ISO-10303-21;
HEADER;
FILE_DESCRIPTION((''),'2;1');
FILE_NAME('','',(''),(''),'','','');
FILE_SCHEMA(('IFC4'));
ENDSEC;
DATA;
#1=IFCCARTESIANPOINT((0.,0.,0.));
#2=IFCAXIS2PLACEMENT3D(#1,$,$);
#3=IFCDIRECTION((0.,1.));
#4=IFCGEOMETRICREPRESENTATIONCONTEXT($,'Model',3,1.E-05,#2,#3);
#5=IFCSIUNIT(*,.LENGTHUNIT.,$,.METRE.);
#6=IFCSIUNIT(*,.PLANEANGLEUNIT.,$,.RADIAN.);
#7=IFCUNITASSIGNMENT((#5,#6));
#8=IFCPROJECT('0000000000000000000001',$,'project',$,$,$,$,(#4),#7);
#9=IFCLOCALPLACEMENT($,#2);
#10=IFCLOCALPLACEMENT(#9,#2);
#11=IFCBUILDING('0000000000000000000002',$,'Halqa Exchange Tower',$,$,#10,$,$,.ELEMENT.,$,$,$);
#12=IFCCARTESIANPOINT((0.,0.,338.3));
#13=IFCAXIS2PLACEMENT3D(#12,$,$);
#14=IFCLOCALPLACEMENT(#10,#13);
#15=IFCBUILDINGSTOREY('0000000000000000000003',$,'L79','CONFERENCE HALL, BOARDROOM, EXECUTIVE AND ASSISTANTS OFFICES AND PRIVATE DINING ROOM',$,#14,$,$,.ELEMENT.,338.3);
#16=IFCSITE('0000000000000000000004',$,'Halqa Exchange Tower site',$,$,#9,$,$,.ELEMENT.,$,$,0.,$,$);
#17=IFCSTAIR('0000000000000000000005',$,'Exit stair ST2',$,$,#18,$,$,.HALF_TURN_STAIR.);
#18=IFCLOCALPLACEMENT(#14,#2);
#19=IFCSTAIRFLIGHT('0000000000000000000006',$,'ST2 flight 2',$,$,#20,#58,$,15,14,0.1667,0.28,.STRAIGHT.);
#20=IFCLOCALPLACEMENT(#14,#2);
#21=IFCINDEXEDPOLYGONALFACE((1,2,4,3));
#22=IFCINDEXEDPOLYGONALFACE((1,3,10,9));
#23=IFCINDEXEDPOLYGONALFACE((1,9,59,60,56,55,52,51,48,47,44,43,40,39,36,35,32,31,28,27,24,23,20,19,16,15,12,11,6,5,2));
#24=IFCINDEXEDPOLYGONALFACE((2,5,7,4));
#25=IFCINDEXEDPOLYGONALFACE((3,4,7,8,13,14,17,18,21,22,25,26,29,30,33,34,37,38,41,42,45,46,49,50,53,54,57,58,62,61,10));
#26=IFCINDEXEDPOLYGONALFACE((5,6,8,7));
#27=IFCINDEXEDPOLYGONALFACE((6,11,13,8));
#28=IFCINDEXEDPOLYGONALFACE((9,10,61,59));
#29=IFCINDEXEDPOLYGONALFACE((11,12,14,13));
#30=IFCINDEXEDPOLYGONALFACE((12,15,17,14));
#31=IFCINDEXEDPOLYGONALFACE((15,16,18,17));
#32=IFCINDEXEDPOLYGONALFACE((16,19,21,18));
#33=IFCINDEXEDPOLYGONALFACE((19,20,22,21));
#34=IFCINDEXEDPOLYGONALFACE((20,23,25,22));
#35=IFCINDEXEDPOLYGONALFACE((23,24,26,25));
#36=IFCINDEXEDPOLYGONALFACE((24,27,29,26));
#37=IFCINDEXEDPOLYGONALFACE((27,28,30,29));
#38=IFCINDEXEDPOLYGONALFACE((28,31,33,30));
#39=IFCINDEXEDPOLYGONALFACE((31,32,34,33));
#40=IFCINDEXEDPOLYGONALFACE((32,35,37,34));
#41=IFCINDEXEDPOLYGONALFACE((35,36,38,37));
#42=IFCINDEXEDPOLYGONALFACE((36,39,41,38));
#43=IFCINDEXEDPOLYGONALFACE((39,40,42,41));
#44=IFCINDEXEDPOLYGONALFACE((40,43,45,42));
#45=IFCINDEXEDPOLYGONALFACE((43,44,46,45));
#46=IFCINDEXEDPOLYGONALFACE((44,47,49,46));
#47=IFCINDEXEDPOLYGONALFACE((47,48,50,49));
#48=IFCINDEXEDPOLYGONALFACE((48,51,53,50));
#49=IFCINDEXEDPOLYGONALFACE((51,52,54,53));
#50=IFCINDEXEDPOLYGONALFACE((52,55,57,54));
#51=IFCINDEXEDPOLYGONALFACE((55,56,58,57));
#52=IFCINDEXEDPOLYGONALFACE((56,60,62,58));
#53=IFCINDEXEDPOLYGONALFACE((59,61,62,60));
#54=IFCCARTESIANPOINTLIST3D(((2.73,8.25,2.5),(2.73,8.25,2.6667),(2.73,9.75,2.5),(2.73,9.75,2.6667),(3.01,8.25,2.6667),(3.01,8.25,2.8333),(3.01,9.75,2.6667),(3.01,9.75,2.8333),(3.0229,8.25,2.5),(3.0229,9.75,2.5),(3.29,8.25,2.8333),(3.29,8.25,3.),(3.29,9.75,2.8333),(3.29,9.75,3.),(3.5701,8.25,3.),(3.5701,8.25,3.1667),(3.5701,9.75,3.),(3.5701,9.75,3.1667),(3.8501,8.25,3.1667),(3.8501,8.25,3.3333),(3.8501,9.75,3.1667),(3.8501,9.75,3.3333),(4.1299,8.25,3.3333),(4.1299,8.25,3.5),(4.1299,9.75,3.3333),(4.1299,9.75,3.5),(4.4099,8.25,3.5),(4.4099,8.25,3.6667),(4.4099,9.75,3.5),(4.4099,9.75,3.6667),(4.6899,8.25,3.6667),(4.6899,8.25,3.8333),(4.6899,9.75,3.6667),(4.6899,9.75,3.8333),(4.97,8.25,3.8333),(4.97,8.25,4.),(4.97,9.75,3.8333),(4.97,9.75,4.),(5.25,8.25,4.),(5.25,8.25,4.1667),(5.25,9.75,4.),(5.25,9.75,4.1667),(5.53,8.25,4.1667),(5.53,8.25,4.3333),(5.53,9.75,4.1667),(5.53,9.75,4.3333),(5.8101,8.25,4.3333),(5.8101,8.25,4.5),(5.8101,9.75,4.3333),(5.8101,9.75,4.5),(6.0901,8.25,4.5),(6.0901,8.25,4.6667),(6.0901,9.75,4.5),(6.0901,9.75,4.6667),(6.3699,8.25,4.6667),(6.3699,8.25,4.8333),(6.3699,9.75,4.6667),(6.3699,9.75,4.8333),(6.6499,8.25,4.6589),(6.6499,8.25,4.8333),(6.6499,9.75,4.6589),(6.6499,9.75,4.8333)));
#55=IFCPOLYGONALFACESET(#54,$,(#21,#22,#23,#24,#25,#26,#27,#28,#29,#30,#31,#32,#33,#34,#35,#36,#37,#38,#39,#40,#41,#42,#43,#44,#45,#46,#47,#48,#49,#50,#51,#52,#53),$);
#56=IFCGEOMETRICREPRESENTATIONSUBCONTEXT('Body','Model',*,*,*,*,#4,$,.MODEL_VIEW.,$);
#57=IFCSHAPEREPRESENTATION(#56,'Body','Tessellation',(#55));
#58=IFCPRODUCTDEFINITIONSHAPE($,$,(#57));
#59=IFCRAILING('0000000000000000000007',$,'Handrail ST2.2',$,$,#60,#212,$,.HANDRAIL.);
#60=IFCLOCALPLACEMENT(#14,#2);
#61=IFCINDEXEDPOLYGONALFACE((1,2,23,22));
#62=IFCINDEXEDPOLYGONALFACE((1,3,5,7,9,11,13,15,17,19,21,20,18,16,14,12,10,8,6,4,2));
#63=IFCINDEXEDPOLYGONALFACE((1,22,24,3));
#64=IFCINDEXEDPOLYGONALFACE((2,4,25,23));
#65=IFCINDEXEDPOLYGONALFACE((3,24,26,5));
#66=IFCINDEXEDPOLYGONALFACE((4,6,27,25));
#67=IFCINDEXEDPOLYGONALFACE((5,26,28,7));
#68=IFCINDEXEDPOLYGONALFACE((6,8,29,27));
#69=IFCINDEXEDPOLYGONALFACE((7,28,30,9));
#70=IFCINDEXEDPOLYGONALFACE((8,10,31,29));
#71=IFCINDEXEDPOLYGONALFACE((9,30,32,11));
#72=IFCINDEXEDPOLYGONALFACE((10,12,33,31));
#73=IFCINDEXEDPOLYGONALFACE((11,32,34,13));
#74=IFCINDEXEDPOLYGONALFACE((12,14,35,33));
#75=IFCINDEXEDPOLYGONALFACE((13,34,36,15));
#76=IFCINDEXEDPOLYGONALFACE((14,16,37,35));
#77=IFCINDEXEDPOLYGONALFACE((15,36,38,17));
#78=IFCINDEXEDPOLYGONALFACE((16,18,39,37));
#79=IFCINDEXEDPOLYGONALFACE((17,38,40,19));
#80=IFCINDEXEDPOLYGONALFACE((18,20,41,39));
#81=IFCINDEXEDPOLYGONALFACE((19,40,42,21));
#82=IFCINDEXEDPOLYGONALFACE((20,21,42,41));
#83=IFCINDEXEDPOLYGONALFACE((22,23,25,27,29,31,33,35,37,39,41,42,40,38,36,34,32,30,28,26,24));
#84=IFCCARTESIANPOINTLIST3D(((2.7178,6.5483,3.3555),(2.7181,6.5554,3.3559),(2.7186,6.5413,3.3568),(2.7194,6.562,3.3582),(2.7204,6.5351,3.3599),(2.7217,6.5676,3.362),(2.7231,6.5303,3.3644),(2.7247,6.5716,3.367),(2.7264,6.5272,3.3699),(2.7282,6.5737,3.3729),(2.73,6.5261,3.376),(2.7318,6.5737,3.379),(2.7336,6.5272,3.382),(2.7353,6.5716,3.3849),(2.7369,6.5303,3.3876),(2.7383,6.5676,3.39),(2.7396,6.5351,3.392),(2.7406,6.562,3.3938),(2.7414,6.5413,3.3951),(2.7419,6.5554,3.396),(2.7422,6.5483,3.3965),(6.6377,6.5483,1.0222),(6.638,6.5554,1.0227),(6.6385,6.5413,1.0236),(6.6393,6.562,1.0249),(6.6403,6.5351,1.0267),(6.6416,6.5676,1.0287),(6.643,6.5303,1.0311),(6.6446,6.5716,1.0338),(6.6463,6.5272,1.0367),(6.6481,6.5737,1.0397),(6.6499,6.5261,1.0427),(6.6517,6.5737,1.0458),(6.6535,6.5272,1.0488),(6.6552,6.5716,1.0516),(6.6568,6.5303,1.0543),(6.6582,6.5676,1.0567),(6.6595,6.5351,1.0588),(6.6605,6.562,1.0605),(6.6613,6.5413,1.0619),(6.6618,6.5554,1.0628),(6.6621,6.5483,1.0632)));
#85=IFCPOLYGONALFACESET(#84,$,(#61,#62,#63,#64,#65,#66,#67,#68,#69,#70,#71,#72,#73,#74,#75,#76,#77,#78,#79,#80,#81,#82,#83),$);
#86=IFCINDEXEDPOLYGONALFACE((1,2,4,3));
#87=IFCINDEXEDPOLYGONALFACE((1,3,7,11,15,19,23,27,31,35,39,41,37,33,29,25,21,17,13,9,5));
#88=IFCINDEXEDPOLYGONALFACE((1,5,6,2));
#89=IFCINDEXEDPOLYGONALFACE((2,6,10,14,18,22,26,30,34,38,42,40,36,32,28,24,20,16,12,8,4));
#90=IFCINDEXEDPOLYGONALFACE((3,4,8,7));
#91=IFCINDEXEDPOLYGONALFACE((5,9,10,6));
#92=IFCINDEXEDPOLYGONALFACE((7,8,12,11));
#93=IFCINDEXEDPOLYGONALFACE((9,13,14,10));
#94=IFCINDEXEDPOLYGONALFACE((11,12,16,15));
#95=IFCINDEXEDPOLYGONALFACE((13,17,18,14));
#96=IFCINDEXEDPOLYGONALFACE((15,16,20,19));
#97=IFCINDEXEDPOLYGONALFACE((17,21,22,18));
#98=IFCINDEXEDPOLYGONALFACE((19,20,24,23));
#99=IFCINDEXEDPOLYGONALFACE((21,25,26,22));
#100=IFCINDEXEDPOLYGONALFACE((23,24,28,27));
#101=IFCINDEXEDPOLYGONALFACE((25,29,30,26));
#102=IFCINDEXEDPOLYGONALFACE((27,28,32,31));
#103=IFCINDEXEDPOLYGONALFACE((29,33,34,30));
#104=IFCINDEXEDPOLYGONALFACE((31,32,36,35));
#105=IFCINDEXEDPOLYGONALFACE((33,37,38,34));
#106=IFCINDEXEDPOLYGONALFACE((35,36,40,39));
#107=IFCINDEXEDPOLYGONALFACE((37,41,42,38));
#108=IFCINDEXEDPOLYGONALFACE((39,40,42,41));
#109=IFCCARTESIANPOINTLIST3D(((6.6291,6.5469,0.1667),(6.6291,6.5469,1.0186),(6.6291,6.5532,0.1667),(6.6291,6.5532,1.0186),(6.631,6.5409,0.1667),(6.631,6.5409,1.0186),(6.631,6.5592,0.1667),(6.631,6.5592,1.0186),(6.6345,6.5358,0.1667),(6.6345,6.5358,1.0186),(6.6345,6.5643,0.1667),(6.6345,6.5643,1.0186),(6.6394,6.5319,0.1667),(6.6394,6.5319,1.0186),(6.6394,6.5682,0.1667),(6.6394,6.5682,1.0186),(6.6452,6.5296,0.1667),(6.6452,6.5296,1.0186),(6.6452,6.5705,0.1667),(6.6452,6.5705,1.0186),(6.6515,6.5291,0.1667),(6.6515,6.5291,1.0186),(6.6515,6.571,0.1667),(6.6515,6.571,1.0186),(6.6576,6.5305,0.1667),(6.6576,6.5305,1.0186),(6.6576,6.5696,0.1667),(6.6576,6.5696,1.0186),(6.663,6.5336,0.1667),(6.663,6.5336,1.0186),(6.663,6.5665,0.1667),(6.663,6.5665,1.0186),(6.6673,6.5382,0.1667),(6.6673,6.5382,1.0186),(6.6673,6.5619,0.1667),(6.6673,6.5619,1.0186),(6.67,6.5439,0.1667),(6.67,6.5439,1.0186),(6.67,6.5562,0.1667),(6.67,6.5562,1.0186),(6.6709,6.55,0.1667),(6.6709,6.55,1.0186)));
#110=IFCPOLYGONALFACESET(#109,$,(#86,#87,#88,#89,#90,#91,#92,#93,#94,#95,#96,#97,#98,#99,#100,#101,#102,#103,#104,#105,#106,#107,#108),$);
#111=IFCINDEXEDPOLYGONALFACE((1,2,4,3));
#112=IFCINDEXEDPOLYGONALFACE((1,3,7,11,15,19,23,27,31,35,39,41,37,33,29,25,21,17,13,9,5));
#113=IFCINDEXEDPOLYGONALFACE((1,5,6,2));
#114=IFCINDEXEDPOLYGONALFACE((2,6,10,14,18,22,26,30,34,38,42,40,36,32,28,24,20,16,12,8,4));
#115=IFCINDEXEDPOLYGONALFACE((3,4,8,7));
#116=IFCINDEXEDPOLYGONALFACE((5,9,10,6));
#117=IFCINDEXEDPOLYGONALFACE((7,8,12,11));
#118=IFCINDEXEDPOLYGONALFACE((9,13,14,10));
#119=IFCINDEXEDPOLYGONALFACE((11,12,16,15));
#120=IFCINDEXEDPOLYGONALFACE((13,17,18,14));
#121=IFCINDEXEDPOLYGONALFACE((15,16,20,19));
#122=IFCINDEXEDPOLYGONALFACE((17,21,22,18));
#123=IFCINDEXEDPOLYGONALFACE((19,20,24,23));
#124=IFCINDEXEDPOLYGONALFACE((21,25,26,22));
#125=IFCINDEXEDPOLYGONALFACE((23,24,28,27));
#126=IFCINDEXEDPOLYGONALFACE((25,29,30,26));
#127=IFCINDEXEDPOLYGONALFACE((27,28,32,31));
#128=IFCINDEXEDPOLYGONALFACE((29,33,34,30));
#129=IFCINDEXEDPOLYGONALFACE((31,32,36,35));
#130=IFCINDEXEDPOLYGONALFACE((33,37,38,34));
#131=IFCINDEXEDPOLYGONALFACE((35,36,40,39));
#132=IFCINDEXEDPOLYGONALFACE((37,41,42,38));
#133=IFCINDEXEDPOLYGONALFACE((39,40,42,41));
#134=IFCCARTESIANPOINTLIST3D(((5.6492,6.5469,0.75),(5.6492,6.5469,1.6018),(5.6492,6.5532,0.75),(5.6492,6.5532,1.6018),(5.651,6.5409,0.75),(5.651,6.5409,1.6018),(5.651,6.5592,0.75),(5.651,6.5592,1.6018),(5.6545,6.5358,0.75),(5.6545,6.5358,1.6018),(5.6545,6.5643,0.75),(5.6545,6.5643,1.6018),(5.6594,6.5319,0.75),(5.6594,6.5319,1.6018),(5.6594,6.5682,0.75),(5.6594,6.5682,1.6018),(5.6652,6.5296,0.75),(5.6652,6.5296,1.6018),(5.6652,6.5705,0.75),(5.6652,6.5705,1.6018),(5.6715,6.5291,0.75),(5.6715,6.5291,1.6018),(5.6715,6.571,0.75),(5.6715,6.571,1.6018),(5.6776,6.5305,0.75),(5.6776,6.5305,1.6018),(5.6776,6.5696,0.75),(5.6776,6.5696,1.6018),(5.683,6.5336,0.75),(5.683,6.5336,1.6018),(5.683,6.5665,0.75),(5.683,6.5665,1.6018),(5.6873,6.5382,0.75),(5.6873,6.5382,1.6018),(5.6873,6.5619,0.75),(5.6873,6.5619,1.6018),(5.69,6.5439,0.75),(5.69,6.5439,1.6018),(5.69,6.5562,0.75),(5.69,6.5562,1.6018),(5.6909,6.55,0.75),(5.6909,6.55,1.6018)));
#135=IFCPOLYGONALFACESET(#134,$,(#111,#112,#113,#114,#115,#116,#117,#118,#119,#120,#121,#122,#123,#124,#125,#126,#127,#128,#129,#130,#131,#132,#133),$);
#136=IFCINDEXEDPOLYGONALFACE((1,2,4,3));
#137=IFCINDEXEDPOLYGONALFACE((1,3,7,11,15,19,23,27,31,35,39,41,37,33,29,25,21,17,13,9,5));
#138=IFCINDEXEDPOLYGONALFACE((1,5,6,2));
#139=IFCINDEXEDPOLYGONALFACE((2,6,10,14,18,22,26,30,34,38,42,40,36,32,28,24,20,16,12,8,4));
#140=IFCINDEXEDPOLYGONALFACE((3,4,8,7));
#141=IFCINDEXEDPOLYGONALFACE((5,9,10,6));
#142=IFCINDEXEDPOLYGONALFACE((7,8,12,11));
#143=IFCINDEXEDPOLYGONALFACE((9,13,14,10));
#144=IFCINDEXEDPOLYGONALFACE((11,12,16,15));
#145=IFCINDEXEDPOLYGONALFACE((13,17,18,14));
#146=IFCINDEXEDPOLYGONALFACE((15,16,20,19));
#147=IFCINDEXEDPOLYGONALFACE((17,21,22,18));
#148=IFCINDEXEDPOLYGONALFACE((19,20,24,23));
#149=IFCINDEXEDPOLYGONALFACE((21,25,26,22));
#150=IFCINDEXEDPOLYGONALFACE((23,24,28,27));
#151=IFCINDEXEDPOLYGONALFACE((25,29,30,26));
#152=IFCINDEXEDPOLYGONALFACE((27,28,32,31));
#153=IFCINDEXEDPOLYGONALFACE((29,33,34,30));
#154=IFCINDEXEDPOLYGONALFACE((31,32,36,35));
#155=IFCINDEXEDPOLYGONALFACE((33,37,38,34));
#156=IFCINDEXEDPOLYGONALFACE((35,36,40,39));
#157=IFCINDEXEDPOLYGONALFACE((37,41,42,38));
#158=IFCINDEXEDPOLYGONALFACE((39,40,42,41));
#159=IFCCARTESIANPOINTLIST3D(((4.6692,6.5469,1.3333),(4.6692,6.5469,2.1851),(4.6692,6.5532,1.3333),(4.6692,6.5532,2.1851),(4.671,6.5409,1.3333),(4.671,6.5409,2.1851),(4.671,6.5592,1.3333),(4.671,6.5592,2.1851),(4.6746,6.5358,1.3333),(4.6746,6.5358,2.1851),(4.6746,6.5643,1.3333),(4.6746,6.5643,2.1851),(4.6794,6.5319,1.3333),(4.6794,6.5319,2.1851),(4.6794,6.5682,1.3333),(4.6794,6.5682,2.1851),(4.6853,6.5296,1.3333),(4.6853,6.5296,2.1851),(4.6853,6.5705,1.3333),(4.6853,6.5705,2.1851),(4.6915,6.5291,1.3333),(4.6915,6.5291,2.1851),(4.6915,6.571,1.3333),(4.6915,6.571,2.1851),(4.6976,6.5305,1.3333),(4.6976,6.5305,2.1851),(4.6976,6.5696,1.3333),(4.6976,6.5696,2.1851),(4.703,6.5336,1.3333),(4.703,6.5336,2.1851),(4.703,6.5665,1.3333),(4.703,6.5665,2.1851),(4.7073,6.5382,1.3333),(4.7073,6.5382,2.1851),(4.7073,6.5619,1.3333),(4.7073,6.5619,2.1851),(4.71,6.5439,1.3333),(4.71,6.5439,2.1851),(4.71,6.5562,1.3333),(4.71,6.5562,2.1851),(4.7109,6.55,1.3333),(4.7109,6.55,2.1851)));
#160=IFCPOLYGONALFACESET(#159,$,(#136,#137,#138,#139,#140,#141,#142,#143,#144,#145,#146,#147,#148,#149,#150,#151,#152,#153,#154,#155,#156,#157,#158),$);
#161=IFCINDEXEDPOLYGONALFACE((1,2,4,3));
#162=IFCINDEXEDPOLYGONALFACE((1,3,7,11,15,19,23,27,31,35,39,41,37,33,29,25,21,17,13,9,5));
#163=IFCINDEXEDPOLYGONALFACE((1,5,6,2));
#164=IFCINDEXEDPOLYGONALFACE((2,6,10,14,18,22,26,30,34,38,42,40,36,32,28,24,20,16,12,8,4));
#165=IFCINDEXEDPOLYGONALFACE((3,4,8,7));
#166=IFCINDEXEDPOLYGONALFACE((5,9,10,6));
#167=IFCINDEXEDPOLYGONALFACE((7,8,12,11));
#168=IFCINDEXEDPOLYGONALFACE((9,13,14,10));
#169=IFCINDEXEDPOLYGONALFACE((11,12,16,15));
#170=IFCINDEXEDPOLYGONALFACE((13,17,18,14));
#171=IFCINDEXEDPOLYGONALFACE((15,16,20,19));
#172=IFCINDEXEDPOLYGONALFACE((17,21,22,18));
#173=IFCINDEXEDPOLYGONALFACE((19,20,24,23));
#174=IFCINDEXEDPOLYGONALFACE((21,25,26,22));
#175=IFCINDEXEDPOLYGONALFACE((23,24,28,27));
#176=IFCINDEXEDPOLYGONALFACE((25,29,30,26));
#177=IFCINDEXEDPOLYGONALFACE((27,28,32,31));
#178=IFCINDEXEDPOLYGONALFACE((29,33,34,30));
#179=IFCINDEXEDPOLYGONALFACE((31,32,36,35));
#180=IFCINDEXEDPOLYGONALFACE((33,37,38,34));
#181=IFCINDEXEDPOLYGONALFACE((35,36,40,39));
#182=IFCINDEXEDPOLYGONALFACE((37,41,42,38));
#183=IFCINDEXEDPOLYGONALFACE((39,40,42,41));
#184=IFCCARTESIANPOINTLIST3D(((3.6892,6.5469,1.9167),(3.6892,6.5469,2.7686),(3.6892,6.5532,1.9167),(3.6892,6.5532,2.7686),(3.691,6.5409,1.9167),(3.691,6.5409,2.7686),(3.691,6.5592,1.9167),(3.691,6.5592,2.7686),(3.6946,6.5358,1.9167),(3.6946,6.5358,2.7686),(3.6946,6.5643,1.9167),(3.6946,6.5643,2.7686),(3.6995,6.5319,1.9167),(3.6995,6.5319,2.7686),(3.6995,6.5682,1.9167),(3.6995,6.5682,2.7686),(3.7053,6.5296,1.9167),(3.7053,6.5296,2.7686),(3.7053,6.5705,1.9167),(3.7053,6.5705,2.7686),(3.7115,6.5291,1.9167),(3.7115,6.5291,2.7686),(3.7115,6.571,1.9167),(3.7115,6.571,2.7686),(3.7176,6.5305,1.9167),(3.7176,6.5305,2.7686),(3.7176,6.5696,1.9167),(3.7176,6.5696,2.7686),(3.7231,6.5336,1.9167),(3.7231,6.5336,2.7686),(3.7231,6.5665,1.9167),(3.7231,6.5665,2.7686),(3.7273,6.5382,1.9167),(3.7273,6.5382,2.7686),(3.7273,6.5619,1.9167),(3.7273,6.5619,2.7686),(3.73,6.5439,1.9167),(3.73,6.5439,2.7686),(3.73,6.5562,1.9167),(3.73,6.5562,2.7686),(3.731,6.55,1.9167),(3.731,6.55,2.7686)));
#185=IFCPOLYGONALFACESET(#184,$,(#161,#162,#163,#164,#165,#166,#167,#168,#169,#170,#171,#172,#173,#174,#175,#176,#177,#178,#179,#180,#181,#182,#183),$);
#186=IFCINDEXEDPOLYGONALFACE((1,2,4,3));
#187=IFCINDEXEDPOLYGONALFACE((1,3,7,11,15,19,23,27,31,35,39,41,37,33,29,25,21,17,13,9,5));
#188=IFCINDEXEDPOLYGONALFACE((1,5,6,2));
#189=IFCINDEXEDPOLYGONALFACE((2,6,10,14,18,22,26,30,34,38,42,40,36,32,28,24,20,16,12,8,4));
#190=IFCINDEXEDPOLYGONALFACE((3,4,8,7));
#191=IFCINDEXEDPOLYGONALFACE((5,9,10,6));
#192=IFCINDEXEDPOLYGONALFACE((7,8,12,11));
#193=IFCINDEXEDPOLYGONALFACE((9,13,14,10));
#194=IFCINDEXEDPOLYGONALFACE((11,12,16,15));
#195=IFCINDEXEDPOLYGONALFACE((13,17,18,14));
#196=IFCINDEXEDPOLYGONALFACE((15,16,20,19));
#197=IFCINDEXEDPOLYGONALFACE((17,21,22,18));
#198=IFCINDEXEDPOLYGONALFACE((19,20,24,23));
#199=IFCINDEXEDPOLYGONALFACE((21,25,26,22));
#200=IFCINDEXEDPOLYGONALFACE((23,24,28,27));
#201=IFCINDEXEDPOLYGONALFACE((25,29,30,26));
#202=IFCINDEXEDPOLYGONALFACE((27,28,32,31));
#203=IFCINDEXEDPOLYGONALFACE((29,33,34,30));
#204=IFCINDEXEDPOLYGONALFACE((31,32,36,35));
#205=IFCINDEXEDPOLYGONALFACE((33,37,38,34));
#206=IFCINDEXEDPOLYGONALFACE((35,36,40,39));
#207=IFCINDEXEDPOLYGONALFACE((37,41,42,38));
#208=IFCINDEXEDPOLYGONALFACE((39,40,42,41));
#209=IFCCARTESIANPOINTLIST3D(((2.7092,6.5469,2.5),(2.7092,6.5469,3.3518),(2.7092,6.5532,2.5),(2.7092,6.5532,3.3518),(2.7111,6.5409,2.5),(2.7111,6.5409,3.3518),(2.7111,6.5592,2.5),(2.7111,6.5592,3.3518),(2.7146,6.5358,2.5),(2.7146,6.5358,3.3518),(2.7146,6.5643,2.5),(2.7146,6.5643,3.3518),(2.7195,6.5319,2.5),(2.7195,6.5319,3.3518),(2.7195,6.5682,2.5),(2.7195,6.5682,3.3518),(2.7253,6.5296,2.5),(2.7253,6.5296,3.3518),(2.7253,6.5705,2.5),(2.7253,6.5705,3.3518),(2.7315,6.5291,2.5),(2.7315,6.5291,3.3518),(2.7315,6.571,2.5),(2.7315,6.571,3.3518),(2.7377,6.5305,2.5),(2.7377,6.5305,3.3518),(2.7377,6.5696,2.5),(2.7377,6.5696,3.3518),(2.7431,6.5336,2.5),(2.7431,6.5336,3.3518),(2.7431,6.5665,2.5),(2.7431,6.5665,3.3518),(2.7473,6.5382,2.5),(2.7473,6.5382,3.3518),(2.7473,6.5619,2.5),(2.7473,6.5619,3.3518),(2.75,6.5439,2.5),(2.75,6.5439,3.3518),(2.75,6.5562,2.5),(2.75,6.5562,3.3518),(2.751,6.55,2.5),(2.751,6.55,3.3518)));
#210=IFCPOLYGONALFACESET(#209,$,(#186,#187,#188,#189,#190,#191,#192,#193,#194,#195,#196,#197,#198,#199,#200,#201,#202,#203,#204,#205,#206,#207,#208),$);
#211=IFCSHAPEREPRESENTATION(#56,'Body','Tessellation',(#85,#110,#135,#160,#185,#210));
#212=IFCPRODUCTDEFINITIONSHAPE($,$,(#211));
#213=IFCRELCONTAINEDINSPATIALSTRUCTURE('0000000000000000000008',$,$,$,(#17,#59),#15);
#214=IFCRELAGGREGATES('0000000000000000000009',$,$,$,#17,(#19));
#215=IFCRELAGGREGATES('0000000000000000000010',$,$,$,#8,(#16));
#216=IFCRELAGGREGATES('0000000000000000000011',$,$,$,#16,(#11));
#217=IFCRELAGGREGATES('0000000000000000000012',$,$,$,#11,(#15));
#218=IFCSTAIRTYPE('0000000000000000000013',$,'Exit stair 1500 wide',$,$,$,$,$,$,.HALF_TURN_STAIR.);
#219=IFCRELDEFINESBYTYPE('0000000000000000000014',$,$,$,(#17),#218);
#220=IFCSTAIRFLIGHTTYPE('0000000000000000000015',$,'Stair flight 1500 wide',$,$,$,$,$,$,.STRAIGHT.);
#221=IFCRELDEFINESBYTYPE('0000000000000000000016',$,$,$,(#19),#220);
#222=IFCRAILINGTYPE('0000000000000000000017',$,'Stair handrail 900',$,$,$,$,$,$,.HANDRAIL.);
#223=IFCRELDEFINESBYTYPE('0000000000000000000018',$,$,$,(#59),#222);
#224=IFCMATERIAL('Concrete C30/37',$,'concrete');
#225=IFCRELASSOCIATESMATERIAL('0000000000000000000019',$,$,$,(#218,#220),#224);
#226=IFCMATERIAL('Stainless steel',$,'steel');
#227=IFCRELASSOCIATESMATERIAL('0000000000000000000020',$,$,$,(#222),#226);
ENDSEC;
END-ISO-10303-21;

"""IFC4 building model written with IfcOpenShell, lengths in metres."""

from ifc_helpers import new_model, si_unit, direction, frame, origin, origin_2d, place, context, subcontext, project, spatial, polyline, circle, outline, extrude, material, type_object, element, aggregate, save


model = new_model("IFC4")

# Units and contexts
model_context = context("Model", 3, precision=1e-05, world=origin(), true_north=direction((0.0, 1.0)))
body_context = subcontext(model_context, "Body", "Model", "MODEL_VIEW")
ifc_project = project(units=[si_unit("LENGTHUNIT", "METRE"), si_unit("PLANEANGLEUNIT", "RADIAN")], contexts=[model_context])

# Site, building, storey
site_placement = place(None, origin())
site = spatial("IfcSite", under=ifc_project, at=site_placement, Name="Halqa Exchange Tower site", CompositionType="ELEMENT", RefElevation=0.0)
building_placement = place(site_placement, origin())
building = spatial("IfcBuilding", under=site, at=building_placement, Name="Halqa Exchange Tower", CompositionType="ELEMENT")
storey_placement = place(building_placement, frame((0.0, 0.0, 338.3)))
storey = spatial("IfcBuildingStorey", under=building, at=storey_placement, Name="L79", Description="CONFERENCE HALL, BOARDROOM, EXECUTIVE AND ASSISTANTS OFFICES AND PRIVATE DINING ROOM", CompositionType="ELEMENT", Elevation=338.3)

# Stair
ifc_material_1 = material(Name="Concrete C30/37", Category="concrete")
stair_type = type_object("IfcStairType", Name="Exit stair 1500 wide", PredefinedType="HALF_TURN_STAIR", material=ifc_material_1)
stair_1_placement = place(storey_placement, origin())
stair_1 = element("IfcStair", 1, at=stair_1_placement, inside=storey, type_object=stair_type, Name="Exit stair ST2", PredefinedType="HALF_TURN_STAIR")

# Stair flight
stair_flight_type = type_object("IfcStairFlightType", Name="Stair flight 1500 wide", PredefinedType="STRAIGHT", material=ifc_material_1)
stair_flight_1_placement = place(storey_placement, frame((2.73, 9.0, 2.5), z_axis=(0.0, 0.0, 1.0), x_axis=(1.0, 0.0, 0.0)))
stair_flight_1 = element("IfcStairFlight", 2, at=stair_flight_1_placement, type_object=stair_flight_type, Name="ST2 flight 2", NumberOfRisers=15, NumberOfTreads=14, PredefinedType="STRAIGHT", RiserHeight=0.1667, TreadLength=0.28, context=body_context, shape_type="SweptSolid", body=[
    extrude(outline(polyline([(0.0, 0.0), (0.0, 0.1667), (0.28, 0.1667), (0.28, 0.3333), (0.5601, 0.3333), (0.5601, 0.5), (0.8401, 0.5), (0.8401, 0.6667), (1.1201, 0.6667), (1.1201, 0.8333), (1.3999, 0.8333), (1.3999, 1.0), (1.6799, 1.0), (1.6799, 1.1667), (1.96, 1.1667), (1.96, 1.3333), (2.24, 1.3333), (2.24, 1.5), (2.52, 1.5), (2.52, 1.6667), (2.8, 1.6667), (2.8, 1.8333), (3.0801, 1.8333), (3.0801, 2.0), (3.3601, 2.0), (3.3601, 2.1667), (3.6399, 2.1667), (3.6399, 2.3333), (3.9199, 2.3333), (3.9199, 2.5), (3.9199, 2.1589), (0.293, 0.0), (0.0, 0.0)])), frame((0.0, 0.75, 0.0), z_axis=(0.0, -1.0, 0.0), x_axis=(1.0, 0.0, 0.0)), (0.0, 0.0, 1.0), 1.5),
])
aggregate(stair_1, [stair_flight_1])

# Railing
ifc_material_2 = material(Name="Stainless steel", Category="steel")
railing_type_1 = type_object("IfcRailingType", Name="Stair handrail 900", PredefinedType="HANDRAIL", material=ifc_material_2)
railing_1_placement = place(storey_placement, frame((6.6499, 6.55, 0.1667)))
element("IfcRailing", 3, at=railing_1_placement, inside=storey, type_object=railing_type_1, Name="Handrail ST2.2", PredefinedType="HANDRAIL", context=body_context, shape_type="SweptSolid", body=[
    extrude(circle(Radius=0.0239, at=origin_2d()), frame((0.0, 0.0, 0.876), z_axis=(-0.859296, 0.0, 0.511478), x_axis=(0.0, -1.0, 0.0)), (0.0, 0.0, 1.0), 4.5618),
    extrude(circle(Radius=0.021, at=origin_2d()), origin(), (0.0, 0.0, 1.0), 0.8518),
    extrude(circle(Radius=0.021, at=origin_2d()), frame((-0.98, 0.0, 0.5833)), (0.0, 0.0, 1.0), 0.8518),
    extrude(circle(Radius=0.021, at=origin_2d()), frame((-1.96, 0.0, 1.1665)), (0.0, 0.0, 1.0), 0.8518),
    extrude(circle(Radius=0.021, at=origin_2d()), frame((-2.9399, 0.0, 1.75)), (0.0, 0.0, 1.0), 0.8518),
    extrude(circle(Radius=0.021, at=origin_2d()), frame((-3.9199, 0.0, 2.3333)), (0.0, 0.0, 1.0), 0.8518),
])

save(model, "model.ifc")
